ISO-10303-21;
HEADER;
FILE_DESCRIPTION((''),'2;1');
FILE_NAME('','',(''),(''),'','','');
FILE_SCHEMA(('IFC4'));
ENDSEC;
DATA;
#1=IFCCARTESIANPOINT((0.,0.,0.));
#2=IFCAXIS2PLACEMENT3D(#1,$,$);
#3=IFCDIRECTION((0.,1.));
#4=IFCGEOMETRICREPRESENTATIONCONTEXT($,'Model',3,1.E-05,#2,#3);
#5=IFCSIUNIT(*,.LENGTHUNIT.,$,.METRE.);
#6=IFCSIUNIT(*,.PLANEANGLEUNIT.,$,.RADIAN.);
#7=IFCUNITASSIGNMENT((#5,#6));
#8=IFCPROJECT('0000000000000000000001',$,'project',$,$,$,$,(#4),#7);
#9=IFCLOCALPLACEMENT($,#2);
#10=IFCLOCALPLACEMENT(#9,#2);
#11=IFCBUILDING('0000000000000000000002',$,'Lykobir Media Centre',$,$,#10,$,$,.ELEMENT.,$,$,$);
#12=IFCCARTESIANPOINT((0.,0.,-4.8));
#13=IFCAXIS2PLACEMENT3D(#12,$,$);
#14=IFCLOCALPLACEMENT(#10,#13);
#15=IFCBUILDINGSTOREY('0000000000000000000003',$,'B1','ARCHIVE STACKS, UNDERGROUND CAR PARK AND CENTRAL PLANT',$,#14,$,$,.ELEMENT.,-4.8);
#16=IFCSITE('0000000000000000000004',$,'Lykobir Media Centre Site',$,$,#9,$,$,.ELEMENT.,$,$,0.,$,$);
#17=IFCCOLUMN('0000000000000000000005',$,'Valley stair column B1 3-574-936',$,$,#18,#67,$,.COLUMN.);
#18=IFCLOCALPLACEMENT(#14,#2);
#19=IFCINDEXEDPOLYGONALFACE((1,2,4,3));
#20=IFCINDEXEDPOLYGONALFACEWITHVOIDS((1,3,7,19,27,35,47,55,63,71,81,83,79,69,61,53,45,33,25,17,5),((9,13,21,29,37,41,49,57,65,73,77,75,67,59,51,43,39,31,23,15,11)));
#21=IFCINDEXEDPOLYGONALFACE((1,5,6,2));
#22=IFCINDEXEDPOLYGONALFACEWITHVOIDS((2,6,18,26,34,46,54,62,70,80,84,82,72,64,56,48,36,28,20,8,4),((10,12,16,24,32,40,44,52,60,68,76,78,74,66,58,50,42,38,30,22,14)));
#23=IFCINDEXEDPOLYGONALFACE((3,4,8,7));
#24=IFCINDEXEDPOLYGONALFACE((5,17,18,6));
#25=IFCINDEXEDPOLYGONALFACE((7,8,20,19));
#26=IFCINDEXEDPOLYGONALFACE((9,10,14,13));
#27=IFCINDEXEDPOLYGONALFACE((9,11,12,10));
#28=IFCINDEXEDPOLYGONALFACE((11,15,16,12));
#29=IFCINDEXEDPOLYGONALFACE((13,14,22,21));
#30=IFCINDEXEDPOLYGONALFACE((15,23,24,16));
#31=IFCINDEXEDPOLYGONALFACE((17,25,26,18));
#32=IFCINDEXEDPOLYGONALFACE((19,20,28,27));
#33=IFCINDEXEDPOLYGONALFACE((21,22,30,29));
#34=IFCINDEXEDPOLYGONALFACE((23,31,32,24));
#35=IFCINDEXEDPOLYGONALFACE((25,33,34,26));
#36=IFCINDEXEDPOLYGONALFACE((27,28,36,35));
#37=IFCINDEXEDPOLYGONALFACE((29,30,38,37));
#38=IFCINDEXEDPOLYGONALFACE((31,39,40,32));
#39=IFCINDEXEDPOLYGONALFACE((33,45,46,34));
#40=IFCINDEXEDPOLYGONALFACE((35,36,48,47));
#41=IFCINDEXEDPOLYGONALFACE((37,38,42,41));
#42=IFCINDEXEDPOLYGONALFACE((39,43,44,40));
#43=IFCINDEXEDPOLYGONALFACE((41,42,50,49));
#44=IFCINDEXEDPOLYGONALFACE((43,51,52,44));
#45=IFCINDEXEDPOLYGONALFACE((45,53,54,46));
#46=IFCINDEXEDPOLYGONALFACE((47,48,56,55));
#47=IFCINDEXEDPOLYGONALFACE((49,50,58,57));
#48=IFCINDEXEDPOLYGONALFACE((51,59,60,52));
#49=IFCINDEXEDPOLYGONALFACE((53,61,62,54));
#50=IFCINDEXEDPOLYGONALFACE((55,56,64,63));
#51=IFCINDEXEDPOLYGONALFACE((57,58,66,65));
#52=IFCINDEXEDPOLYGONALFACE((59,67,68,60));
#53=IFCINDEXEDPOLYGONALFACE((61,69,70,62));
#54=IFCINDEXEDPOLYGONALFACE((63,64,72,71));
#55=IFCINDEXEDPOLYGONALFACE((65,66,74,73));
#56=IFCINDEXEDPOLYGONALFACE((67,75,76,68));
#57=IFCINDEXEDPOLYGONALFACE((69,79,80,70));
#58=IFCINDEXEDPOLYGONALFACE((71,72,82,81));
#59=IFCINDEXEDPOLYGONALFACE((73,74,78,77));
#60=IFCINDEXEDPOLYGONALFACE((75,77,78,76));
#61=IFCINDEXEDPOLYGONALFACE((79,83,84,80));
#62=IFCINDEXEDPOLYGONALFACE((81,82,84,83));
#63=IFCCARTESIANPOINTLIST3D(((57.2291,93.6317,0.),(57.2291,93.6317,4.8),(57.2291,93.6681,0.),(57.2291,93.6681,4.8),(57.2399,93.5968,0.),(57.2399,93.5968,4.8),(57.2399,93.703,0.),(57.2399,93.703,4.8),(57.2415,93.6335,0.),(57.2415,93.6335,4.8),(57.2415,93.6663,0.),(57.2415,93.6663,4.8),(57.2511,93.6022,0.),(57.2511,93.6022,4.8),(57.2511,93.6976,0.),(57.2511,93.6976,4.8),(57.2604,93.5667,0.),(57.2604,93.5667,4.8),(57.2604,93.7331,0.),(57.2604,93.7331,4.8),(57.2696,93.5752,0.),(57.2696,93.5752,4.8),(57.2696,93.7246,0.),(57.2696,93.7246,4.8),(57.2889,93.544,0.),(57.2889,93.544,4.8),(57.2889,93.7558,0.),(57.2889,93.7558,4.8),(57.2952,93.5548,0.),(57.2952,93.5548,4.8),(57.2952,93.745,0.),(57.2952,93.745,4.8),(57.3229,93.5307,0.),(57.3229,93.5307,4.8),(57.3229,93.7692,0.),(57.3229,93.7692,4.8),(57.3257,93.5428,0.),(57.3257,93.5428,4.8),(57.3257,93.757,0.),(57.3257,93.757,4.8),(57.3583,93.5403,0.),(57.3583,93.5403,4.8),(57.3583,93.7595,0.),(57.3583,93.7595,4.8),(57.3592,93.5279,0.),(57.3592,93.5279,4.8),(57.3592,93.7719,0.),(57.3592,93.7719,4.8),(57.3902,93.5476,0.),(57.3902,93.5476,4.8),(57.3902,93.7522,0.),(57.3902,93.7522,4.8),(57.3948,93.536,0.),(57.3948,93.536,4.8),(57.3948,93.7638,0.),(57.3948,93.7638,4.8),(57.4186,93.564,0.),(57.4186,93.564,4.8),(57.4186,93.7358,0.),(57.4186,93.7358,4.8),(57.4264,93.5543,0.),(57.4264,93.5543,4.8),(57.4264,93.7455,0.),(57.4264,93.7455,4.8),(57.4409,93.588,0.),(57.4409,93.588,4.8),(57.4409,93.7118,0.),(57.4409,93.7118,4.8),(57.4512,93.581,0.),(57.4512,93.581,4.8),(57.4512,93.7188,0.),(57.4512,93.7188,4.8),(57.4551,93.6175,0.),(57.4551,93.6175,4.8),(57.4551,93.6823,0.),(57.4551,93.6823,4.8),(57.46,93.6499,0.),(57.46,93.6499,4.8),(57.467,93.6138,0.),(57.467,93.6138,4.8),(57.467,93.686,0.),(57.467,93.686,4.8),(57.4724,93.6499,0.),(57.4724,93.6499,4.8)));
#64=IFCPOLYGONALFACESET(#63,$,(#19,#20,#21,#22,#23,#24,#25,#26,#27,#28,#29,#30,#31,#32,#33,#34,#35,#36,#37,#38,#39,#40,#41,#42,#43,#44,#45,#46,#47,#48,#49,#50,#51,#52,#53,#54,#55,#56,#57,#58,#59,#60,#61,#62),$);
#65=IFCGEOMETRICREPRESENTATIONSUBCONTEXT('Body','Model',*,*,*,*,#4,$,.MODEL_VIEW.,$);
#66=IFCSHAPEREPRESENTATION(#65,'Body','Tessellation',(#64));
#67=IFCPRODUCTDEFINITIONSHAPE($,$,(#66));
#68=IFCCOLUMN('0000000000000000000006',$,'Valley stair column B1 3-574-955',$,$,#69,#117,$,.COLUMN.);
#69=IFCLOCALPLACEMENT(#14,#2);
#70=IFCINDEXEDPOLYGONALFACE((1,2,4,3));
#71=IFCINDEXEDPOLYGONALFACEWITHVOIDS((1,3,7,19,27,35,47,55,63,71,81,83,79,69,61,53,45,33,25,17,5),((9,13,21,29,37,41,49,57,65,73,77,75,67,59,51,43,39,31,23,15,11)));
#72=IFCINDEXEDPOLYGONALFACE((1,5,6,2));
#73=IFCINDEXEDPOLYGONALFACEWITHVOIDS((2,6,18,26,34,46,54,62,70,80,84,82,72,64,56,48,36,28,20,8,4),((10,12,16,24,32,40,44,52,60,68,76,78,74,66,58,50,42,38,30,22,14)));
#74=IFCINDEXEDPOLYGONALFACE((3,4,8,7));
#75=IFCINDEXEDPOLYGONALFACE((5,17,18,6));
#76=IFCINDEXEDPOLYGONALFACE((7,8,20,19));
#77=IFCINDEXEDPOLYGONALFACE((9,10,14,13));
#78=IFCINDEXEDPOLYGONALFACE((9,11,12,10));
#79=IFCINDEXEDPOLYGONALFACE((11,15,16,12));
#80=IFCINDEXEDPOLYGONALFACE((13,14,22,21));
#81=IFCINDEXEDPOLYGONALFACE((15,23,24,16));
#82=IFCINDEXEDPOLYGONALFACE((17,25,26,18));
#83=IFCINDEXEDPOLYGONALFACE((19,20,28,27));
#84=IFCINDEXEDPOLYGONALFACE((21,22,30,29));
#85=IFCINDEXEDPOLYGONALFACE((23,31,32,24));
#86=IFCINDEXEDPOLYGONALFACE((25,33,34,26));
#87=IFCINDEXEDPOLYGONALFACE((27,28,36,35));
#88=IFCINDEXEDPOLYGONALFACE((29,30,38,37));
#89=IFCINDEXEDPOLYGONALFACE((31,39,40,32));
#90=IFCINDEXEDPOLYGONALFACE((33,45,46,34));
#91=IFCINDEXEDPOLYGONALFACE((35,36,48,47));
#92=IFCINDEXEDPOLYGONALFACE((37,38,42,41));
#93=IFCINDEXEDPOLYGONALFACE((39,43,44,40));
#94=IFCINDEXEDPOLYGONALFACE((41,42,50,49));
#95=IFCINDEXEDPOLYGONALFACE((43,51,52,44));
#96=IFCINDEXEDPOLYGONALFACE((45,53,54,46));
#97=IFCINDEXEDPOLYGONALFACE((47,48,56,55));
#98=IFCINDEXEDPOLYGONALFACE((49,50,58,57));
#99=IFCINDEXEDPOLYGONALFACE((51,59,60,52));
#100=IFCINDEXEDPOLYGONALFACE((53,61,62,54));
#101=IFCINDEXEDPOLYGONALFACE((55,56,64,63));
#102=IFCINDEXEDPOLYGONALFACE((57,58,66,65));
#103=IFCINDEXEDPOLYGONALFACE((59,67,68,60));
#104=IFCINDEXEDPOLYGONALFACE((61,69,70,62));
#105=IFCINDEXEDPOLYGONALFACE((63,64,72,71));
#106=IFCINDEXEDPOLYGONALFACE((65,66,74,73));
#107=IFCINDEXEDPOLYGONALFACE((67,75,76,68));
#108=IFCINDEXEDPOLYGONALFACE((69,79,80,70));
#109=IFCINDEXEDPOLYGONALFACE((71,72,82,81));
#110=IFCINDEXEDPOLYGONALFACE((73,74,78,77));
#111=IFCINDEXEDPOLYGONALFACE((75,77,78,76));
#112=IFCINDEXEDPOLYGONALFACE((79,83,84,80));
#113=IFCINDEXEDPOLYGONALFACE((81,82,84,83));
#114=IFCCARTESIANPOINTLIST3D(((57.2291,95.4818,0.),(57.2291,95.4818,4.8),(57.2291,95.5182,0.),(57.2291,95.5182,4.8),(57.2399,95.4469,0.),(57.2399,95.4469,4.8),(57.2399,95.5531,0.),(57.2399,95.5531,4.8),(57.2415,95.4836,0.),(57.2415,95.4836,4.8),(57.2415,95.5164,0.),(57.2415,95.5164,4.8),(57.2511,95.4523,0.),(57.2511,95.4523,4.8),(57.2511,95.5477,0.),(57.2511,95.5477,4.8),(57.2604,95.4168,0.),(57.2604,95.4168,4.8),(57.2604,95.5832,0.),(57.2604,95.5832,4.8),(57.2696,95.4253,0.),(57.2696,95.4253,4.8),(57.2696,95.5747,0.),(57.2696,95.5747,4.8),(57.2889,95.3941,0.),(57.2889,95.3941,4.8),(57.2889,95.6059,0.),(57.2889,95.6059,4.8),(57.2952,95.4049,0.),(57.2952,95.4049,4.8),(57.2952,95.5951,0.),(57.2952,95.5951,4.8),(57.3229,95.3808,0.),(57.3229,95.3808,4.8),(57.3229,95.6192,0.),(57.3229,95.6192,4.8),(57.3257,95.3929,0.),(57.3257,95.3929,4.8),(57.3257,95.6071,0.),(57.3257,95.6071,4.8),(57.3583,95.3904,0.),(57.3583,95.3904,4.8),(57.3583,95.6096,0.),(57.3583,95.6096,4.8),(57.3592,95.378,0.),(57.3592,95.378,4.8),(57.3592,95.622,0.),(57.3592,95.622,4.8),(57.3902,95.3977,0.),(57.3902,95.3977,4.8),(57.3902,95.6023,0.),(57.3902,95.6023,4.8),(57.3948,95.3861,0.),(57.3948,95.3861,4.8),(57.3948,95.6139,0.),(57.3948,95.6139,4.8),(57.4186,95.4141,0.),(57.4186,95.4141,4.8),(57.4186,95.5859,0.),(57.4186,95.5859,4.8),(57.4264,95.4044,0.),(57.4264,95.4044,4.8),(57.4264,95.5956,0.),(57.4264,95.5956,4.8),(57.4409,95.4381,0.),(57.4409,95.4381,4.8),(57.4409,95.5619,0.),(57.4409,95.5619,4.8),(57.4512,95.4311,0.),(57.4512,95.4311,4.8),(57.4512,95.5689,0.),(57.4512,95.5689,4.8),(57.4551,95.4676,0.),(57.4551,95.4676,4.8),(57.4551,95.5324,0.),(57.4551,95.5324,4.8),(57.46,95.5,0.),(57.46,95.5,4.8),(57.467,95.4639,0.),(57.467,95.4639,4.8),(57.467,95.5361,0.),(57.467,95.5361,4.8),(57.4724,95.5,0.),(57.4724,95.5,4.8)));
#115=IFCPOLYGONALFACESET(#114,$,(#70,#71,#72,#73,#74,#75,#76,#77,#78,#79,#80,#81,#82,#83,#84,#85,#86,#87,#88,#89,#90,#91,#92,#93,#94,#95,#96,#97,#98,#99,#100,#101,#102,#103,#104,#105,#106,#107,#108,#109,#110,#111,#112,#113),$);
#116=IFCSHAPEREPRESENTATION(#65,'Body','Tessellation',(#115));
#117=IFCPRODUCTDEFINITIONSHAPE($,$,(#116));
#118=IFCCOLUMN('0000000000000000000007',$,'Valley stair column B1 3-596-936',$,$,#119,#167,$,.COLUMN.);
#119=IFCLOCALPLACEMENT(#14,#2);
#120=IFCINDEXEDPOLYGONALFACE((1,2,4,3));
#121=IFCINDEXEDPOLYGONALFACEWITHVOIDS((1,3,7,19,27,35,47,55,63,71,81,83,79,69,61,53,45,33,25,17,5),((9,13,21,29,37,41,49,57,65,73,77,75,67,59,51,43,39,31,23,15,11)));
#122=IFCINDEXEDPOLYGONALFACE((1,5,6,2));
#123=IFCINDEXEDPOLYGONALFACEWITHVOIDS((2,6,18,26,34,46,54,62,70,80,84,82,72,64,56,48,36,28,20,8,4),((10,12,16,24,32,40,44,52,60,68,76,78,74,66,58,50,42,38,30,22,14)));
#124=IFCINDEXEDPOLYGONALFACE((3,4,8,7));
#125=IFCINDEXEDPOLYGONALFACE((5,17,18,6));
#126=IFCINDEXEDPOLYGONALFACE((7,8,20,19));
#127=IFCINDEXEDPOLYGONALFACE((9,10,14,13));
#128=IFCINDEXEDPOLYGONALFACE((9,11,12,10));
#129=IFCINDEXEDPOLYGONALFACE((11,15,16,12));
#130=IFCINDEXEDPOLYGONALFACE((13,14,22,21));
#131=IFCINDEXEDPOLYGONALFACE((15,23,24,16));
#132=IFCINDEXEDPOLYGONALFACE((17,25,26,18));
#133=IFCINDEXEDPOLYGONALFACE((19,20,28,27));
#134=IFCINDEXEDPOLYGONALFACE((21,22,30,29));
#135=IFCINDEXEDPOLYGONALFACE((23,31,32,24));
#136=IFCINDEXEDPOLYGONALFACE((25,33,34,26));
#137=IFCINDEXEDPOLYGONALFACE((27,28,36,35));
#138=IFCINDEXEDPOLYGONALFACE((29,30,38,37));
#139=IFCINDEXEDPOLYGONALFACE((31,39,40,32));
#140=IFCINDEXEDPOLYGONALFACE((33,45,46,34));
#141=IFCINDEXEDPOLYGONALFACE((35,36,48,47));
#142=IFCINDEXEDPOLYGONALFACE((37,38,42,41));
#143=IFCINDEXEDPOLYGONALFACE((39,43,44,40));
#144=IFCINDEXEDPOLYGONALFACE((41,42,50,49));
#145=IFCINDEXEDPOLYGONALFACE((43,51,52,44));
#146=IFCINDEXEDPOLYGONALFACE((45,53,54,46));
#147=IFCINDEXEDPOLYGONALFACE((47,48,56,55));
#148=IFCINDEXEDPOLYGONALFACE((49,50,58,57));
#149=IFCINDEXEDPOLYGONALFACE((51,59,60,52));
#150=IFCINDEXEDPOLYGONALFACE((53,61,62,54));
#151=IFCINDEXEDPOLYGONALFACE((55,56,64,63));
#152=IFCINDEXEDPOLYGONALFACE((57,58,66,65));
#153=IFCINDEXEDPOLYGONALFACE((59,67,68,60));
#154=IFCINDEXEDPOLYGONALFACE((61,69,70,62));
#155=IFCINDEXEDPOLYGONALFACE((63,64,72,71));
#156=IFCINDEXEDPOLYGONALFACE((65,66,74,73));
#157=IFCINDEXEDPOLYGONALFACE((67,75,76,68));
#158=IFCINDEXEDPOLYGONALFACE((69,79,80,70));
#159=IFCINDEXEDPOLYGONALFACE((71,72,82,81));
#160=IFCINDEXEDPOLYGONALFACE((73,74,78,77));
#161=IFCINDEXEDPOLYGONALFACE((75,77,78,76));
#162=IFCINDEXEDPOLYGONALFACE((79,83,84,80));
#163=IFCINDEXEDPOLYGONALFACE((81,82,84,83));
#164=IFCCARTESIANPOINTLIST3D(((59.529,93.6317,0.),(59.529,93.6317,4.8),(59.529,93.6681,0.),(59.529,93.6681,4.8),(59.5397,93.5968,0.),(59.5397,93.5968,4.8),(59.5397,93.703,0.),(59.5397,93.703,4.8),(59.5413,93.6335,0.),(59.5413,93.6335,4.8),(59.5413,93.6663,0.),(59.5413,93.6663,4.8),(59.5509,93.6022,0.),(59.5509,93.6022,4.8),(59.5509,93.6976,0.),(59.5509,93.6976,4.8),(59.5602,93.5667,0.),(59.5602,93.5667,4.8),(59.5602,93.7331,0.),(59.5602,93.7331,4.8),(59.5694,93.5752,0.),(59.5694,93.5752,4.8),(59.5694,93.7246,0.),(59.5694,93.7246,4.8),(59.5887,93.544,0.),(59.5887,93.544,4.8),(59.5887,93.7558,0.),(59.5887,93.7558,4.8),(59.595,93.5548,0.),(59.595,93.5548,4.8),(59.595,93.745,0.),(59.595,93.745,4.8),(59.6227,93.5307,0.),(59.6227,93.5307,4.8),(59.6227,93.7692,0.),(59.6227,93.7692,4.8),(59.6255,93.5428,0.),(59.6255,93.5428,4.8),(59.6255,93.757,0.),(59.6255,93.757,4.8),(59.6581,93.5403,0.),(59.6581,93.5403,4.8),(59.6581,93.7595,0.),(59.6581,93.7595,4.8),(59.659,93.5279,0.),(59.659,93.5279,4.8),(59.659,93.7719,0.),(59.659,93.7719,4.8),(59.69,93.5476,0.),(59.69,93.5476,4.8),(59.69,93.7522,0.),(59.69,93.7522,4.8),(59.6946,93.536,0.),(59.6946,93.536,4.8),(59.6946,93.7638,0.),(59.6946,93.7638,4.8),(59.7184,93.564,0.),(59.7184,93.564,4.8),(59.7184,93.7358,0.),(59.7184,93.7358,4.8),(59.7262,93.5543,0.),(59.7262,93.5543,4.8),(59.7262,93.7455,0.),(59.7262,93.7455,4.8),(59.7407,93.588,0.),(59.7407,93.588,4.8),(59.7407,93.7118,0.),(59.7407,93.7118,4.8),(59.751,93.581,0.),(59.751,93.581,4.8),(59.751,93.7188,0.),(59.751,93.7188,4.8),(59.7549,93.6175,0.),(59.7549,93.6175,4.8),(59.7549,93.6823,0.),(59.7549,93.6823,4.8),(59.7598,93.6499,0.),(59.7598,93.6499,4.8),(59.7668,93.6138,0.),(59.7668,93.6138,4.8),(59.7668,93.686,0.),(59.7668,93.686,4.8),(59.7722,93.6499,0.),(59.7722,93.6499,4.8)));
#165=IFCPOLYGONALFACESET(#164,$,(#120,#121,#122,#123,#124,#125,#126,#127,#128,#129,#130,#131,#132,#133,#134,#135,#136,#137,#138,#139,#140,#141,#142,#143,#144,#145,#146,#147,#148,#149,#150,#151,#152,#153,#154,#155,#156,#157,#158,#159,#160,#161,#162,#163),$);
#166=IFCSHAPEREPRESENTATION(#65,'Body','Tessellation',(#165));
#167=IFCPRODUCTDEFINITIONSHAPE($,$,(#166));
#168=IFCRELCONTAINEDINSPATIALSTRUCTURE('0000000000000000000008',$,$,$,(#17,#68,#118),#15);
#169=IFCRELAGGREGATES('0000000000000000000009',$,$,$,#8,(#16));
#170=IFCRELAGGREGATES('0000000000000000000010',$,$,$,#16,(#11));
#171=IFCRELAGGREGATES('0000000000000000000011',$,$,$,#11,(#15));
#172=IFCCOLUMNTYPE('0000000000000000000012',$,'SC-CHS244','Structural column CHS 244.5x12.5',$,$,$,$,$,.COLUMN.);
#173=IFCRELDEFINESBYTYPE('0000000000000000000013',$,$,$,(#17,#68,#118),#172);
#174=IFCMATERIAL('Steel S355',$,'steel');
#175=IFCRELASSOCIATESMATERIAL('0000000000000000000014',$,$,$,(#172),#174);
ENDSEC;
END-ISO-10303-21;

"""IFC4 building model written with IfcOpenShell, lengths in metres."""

from ifc_helpers import new_model, si_unit, direction, frame, origin, origin_2d, place, context, subcontext, project, spatial, hollow_circle, extrude, material, material_profile, profile_set, type_object, element, save


model = new_model("IFC4")

# Units and contexts
model_context = context("Model", 3, precision=1e-05, world=origin(), true_north=direction((0.0, 1.0)))
body_context = subcontext(model_context, "Body", "Model", "MODEL_VIEW")
ifc_project = project(units=[si_unit("LENGTHUNIT", "METRE"), si_unit("PLANEANGLEUNIT", "RADIAN")], contexts=[model_context])

# Site, building, storey
site_placement = place(None, origin())
site = spatial("IfcSite", under=ifc_project, at=site_placement, Name="Lykobir Media Centre Site", CompositionType="ELEMENT", RefElevation=0.0)
building_placement = place(site_placement, origin())
building = spatial("IfcBuilding", under=site, at=building_placement, Name="Lykobir Media Centre", CompositionType="ELEMENT")
storey_placement = place(building_placement, frame((0.0, 0.0, -4.8)))
storey = spatial("IfcBuildingStorey", under=building, at=storey_placement, Name="B1", Description="ARCHIVE STACKS, UNDERGROUND CAR PARK AND CENTRAL PLANT", CompositionType="ELEMENT", Elevation=-4.8)

# Columns
ifc_material_1 = material(Name="Steel S355", Category="steel")
ifc_material_profile_1 = material_profile(ifc_material_1, hollow_circle(Radius=0.1223, WallThickness=0.0125, at=origin_2d()), Name="CHS 244.5x12.5")
ifc_profile_set_1 = profile_set([ifc_material_profile_1], Name="Steel S355")
column_type_1 = type_object("IfcColumnType", Name="SC-CHS244", Description="Structural column CHS 244.5x12.5", PredefinedType="COLUMN", material=ifc_profile_set_1)
for number, where, z_axis, x_axis, name in (
    (1, (57.3501, 93.6499, 0.0), (0.0, 0.0, 1.0), (1.0, 0.0, 0.0), "Valley stair column B1 3-574-936"),
    (2, (57.3501, 95.5, 0.0), (0.0, 0.0, 1.0), (1.0, 0.0, 0.0), "Valley stair column B1 3-574-955"),
    (3, (59.6499, 93.6499, 0.0), (0.0, 0.0, 1.0), (1.0, 0.0, 0.0), "Valley stair column B1 3-596-936"),
):
    element("IfcColumn", number, at=place(storey_placement, frame(where, z_axis=z_axis, x_axis=x_axis)), inside=storey, type_object=column_type_1, Name=name, PredefinedType="COLUMN", context=body_context, shape_type="SweptSolid", body=[
        extrude(hollow_circle(Radius=0.1223, WallThickness=0.0125, at=origin_2d()), origin(), (0.0, 0.0, 1.0), 4.8),
    ])

save(model, "model.ifc")
